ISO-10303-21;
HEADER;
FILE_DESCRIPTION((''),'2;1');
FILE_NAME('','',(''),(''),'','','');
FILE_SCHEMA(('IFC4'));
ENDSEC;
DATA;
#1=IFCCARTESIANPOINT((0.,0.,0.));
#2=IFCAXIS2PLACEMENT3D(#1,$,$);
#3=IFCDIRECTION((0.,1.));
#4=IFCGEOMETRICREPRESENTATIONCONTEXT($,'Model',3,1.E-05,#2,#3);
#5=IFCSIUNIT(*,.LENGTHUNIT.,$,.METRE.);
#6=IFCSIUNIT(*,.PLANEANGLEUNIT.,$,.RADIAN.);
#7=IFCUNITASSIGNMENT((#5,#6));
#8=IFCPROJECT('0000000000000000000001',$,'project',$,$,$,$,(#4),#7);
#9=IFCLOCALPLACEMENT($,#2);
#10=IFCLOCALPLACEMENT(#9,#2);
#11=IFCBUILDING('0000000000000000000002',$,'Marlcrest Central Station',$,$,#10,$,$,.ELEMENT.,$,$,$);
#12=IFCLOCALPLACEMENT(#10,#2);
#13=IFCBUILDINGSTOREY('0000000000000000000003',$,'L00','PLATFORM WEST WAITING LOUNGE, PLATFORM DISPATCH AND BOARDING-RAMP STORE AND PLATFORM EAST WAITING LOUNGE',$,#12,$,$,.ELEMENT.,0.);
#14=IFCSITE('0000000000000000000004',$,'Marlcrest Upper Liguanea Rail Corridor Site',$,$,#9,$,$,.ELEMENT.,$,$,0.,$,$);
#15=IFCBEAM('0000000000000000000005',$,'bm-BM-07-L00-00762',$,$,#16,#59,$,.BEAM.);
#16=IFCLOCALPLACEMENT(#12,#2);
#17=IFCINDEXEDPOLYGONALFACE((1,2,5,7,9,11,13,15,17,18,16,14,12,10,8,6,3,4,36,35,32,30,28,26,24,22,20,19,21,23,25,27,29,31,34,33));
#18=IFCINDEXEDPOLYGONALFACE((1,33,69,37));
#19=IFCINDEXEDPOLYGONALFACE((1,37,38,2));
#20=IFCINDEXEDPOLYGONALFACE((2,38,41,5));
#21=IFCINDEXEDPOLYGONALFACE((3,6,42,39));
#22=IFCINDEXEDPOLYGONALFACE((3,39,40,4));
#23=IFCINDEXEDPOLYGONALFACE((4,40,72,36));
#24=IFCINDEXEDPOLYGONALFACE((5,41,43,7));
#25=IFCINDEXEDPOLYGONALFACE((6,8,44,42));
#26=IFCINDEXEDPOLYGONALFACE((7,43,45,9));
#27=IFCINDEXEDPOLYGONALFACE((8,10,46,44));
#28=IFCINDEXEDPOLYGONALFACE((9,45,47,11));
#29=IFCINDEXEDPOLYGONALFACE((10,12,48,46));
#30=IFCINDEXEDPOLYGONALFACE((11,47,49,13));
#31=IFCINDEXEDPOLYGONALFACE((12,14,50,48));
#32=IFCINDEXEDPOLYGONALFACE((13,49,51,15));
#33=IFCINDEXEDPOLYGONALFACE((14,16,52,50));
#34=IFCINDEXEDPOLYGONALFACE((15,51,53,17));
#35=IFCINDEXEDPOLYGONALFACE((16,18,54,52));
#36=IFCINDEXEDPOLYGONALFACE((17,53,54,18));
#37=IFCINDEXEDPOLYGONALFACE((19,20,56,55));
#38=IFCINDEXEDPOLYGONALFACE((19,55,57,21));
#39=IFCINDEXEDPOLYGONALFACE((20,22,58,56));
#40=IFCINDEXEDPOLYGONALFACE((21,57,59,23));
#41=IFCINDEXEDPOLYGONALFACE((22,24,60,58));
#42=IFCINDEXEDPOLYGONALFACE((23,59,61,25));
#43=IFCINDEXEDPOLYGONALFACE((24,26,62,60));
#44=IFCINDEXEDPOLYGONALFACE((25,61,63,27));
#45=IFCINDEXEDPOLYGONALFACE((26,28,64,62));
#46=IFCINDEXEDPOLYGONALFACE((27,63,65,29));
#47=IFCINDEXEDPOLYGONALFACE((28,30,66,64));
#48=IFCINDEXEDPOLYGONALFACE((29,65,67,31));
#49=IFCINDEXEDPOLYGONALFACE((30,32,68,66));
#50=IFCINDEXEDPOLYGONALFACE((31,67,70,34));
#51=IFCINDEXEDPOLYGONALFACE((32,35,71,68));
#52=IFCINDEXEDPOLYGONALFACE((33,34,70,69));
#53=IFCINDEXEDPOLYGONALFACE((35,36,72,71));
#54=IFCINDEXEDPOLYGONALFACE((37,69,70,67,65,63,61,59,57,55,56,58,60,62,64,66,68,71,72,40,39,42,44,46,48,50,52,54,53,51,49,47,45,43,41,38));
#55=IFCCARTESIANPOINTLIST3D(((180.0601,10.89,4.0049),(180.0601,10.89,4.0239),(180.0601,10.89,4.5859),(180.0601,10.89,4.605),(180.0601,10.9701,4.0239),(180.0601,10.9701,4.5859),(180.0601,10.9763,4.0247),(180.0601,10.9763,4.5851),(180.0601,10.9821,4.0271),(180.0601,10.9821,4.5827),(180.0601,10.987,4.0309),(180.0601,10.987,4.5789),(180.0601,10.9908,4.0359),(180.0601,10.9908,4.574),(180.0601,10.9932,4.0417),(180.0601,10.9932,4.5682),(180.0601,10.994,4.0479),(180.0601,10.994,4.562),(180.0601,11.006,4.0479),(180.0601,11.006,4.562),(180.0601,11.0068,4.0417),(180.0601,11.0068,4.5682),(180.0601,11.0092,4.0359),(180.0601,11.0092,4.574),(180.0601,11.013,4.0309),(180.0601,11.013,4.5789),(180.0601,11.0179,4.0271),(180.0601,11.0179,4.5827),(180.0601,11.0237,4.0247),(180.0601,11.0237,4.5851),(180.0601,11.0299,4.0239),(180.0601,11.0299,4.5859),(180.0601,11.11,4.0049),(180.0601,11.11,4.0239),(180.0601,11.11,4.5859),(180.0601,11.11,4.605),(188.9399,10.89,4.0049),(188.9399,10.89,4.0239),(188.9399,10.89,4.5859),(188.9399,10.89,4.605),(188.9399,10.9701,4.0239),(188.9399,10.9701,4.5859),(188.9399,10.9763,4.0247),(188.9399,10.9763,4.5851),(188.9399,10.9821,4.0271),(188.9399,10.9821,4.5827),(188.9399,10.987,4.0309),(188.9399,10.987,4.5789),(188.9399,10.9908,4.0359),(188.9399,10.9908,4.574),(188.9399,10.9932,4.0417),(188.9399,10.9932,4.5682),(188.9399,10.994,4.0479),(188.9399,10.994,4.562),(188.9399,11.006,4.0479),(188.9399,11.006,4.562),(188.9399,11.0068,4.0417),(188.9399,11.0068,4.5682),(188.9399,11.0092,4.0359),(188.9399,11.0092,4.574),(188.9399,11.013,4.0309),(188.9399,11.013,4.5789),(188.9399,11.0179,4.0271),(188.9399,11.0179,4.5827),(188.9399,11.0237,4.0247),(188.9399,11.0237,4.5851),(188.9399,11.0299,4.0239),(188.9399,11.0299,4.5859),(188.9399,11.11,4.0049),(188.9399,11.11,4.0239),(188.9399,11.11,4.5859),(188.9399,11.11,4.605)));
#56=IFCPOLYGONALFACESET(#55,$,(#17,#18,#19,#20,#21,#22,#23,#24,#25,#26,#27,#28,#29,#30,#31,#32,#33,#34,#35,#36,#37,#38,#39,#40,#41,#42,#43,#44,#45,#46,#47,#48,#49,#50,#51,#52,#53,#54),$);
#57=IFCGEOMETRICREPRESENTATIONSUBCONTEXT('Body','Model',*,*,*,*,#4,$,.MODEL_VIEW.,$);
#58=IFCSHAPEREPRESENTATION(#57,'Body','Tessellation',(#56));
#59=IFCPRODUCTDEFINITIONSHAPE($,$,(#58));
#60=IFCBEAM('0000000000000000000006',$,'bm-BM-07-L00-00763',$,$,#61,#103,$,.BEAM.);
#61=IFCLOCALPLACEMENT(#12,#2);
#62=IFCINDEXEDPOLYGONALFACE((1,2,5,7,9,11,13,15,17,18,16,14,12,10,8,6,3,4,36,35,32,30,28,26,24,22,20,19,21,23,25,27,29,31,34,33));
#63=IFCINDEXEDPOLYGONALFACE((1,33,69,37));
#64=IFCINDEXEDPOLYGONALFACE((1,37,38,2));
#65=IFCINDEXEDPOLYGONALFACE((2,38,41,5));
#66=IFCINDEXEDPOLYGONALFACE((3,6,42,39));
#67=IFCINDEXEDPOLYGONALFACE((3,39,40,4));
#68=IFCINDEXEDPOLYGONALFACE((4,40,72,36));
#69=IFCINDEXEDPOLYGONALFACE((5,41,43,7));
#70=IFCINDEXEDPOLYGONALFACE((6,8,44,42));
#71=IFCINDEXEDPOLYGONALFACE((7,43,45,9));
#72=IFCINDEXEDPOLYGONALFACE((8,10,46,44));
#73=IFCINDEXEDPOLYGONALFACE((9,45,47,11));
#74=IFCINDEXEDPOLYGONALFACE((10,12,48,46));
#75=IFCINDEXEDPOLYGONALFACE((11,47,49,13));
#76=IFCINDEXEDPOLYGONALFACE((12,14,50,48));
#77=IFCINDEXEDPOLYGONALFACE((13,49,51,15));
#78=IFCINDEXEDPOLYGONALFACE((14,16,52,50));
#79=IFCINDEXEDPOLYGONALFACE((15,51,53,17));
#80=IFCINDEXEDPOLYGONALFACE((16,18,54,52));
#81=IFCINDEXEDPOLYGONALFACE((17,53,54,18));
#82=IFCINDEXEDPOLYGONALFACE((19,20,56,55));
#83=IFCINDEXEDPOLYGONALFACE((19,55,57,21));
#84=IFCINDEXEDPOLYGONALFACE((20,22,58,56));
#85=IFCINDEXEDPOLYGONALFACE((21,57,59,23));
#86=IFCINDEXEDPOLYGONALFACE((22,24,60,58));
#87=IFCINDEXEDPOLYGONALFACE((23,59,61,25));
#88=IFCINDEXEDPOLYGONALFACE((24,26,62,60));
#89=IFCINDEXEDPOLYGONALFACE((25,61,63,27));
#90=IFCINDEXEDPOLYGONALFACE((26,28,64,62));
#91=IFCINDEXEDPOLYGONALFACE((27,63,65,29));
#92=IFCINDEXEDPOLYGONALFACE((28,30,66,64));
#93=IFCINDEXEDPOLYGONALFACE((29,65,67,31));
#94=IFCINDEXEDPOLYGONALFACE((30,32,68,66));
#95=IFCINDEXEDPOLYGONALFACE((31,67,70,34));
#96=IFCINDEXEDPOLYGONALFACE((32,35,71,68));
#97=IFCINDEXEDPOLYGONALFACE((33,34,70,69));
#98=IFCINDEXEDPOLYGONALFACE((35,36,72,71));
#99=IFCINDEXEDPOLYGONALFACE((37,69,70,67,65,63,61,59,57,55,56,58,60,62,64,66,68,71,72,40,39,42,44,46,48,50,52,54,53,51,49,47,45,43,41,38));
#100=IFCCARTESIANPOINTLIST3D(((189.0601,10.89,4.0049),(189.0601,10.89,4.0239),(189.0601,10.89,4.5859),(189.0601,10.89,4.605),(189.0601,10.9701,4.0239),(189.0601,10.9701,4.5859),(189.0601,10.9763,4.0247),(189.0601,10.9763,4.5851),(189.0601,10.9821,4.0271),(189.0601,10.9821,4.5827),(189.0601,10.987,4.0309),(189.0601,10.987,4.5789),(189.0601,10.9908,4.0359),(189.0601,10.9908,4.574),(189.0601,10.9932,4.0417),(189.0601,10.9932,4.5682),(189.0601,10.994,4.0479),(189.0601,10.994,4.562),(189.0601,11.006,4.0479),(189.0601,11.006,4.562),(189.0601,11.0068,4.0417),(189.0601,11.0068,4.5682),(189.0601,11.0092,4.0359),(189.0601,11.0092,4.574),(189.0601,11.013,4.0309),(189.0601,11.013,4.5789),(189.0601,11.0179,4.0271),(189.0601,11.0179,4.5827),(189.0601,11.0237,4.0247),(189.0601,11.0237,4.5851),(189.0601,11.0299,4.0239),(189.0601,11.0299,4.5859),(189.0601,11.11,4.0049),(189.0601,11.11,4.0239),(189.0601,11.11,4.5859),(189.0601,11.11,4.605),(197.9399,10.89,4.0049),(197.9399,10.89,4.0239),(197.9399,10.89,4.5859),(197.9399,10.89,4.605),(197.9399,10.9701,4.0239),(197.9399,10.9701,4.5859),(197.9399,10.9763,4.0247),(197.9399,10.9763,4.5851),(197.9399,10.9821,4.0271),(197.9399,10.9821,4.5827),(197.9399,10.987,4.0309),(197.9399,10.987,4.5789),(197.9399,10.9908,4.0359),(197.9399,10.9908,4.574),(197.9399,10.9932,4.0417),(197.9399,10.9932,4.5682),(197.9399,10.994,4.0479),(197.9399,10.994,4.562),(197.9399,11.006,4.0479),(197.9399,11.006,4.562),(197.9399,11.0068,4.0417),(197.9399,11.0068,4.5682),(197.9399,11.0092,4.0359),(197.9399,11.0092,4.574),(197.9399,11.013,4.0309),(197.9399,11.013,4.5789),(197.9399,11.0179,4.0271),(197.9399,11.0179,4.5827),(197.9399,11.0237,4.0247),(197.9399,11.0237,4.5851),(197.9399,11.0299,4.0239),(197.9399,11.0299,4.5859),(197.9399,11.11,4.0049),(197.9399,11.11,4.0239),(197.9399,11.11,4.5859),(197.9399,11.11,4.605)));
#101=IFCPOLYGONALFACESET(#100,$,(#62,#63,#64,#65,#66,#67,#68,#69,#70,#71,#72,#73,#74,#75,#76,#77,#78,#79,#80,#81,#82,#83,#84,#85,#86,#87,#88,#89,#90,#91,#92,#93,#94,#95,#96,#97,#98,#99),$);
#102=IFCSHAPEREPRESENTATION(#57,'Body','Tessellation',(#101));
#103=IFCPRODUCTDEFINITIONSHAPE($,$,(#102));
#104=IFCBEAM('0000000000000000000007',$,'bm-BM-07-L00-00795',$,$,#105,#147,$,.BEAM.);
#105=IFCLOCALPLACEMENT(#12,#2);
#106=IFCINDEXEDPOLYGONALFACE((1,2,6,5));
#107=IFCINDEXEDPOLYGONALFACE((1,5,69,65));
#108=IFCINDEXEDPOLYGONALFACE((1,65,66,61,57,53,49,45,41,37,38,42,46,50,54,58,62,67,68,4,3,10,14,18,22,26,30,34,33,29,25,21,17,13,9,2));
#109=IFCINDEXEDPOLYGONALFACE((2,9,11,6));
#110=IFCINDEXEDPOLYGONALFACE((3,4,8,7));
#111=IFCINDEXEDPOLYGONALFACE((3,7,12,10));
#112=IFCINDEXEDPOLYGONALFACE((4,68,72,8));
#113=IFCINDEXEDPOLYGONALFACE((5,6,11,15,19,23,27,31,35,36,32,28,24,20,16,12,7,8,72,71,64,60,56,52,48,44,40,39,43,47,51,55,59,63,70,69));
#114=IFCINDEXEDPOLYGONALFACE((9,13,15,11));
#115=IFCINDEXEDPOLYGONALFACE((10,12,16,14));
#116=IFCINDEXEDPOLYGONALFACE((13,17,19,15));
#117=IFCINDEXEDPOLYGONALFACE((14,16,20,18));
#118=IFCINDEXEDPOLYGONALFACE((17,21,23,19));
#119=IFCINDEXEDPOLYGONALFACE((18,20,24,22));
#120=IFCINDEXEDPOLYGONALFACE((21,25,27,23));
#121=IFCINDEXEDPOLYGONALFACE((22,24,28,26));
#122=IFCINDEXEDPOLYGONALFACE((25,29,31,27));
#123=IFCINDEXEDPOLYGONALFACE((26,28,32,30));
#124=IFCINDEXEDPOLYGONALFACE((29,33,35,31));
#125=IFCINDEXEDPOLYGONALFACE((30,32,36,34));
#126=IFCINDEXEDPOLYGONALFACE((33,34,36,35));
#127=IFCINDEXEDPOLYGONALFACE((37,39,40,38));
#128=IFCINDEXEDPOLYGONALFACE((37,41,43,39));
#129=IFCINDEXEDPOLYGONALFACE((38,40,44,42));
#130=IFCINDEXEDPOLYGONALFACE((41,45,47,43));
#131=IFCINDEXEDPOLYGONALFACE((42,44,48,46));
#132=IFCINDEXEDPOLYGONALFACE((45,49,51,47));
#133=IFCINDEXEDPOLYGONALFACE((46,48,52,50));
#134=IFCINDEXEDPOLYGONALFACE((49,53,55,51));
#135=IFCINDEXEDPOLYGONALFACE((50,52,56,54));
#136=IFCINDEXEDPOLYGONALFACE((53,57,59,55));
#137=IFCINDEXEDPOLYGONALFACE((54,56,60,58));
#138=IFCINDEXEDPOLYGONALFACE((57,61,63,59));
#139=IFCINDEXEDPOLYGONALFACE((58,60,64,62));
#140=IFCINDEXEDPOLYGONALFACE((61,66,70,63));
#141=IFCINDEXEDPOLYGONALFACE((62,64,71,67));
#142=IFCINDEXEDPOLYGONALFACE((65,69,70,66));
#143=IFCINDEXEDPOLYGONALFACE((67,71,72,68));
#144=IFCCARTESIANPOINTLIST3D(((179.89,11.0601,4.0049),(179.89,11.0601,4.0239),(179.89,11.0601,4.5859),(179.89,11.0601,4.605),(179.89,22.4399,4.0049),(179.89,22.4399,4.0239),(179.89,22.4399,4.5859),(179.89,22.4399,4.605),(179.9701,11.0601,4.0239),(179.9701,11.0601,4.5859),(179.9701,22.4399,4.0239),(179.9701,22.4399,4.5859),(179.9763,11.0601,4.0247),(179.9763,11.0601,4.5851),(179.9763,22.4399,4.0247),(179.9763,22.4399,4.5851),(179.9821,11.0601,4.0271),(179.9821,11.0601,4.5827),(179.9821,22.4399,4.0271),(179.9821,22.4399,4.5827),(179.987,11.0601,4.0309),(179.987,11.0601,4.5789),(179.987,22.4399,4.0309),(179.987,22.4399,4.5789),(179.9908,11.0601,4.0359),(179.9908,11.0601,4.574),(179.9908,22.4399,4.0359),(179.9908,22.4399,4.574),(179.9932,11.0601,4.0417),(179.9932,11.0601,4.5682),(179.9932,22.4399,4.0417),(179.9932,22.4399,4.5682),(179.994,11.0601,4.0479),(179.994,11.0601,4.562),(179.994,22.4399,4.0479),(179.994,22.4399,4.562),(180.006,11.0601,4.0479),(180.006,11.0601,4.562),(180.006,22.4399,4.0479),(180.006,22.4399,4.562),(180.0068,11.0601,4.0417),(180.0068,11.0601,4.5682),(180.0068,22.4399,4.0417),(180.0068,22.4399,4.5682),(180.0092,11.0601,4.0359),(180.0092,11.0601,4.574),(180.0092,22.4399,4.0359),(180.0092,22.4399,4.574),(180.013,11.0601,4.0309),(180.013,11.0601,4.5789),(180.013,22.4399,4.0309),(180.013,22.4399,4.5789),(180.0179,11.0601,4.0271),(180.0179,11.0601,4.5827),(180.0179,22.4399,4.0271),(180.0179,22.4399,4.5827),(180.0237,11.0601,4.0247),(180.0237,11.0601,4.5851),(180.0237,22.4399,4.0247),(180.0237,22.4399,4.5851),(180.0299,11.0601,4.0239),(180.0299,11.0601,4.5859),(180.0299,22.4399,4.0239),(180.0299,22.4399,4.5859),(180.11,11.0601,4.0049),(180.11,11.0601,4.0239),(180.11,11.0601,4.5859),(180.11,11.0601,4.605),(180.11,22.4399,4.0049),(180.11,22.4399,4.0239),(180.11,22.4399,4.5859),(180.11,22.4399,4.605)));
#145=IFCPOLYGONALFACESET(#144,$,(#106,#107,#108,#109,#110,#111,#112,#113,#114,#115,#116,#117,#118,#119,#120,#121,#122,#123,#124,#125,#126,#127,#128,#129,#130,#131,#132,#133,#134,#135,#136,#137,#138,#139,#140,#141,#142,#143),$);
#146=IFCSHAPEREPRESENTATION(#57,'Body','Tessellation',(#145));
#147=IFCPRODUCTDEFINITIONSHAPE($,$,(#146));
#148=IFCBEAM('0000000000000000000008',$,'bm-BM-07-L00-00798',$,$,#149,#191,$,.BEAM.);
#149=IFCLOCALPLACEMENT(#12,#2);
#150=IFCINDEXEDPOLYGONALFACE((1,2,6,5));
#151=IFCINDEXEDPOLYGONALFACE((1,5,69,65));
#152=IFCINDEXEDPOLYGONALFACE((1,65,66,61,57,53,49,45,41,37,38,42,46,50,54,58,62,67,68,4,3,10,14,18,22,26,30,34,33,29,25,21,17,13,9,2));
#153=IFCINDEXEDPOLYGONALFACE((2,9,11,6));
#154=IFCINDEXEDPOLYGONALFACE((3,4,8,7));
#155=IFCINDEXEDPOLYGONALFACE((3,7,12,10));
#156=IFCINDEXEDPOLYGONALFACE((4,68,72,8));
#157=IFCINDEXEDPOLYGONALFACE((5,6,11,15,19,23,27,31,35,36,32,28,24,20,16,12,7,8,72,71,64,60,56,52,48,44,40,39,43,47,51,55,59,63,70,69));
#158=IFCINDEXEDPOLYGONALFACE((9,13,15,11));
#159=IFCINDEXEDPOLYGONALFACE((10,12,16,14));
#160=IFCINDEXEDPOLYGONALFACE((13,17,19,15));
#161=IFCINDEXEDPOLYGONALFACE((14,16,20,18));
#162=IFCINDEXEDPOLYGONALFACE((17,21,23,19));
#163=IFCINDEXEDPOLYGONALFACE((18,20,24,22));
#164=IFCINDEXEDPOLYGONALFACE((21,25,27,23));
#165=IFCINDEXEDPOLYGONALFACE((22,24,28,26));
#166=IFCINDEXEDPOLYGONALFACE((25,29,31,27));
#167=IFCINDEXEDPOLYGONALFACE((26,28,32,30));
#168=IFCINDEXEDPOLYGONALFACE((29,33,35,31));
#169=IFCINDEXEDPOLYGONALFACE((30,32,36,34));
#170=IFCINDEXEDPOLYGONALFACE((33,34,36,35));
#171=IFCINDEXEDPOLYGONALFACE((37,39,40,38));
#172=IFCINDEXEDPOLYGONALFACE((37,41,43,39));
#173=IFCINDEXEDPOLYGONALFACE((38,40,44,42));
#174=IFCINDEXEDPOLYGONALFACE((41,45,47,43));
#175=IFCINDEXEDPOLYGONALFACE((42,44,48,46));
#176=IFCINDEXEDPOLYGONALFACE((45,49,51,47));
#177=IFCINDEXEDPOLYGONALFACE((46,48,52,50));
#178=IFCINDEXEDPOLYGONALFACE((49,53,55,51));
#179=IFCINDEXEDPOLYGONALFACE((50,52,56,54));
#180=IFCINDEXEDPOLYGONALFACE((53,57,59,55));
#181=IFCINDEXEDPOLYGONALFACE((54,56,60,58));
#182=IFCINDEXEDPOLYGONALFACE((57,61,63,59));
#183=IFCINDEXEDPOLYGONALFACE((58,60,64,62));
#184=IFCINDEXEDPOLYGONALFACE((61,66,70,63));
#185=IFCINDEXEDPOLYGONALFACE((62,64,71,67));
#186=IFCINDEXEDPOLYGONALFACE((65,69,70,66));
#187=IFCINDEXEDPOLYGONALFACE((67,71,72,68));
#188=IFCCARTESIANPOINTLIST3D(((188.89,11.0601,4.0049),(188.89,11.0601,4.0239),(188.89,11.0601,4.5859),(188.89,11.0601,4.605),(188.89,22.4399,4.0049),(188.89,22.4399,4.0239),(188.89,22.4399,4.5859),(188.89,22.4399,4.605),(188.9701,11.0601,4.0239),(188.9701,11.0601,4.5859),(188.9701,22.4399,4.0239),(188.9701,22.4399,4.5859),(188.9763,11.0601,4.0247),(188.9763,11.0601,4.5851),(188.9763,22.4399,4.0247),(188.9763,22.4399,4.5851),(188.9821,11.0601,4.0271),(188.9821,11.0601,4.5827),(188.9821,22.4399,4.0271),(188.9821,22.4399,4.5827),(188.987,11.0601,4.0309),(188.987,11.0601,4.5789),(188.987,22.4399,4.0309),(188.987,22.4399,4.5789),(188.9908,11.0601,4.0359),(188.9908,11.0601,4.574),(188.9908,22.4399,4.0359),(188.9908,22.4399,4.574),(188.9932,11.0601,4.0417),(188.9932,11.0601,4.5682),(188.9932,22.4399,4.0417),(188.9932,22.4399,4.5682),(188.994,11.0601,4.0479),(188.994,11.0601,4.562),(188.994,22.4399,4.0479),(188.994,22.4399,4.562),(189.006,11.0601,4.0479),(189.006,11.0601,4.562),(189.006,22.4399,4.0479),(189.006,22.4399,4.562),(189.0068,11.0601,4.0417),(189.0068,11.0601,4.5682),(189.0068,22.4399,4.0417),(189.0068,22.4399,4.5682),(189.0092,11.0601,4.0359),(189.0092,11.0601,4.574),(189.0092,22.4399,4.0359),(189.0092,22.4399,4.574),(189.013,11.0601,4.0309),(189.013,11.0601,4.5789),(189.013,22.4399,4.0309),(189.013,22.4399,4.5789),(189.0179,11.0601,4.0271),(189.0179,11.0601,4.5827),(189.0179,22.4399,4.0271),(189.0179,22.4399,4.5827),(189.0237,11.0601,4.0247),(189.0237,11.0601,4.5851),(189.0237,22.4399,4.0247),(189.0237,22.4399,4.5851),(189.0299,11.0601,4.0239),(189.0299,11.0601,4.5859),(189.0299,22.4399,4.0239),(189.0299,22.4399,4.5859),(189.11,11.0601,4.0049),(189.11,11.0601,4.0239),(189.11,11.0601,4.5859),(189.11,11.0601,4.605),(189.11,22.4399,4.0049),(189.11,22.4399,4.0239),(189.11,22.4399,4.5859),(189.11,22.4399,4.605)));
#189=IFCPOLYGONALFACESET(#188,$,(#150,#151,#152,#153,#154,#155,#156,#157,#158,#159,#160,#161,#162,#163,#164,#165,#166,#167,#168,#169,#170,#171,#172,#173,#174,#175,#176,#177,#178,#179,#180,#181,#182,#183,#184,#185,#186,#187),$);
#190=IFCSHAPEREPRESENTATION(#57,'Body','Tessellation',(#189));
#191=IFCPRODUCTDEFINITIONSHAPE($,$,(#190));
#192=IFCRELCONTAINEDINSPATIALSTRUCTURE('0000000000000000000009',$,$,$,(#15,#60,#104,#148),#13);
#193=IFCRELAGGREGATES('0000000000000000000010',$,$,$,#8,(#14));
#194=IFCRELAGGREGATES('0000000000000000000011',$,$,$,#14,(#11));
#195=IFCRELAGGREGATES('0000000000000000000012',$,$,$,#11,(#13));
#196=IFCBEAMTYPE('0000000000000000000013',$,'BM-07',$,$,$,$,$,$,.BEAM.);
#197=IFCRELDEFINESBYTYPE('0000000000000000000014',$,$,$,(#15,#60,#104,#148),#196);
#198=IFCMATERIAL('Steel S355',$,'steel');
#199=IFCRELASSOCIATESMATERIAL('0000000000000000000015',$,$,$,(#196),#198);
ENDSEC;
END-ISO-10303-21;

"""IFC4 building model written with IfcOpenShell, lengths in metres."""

from ifc_helpers import new_model, si_unit, direction, frame, origin, origin_2d, place, context, subcontext, project, spatial, i_section, extrude, material, material_profile, profile_set, type_object, element, save


model = new_model("IFC4")

# Units and contexts
model_context = context("Model", 3, precision=1e-05, world=origin(), true_north=direction((0.0, 1.0)))
body_context = subcontext(model_context, "Body", "Model", "MODEL_VIEW")
ifc_project = project(units=[si_unit("LENGTHUNIT", "METRE"), si_unit("PLANEANGLEUNIT", "RADIAN")], contexts=[model_context])

# Site, building, storey
site_placement = place(None, origin())
site = spatial("IfcSite", under=ifc_project, at=site_placement, Name="Marlcrest Upper Liguanea Rail Corridor Site", CompositionType="ELEMENT", RefElevation=0.0)
building_placement = place(site_placement, origin())
building = spatial("IfcBuilding", under=site, at=building_placement, Name="Marlcrest Central Station", CompositionType="ELEMENT")
storey_placement = place(building_placement, origin())
storey = spatial("IfcBuildingStorey", under=building, at=storey_placement, Name="L00", Description="PLATFORM WEST WAITING LOUNGE, PLATFORM DISPATCH AND BOARDING-RAMP STORE AND PLATFORM EAST WAITING LOUNGE", CompositionType="ELEMENT", Elevation=0.0)

# Shared definitions
ifc_material_1 = material(Name="Steel S355", Category="steel")

# Beams
ifc_material_profile_1 = material_profile(ifc_material_1, i_section(OverallWidth=0.22, OverallDepth=0.6001, WebThickness=0.012, FlangeThickness=0.019, FilletRadius=0.0239, at=origin_2d()), Name="IPE 600")
ifc_profile_set_1 = profile_set([ifc_material_profile_1], Name="Steel S355")
beam_type_1 = type_object("IfcBeamType", Name="BM-07", PredefinedType="BEAM", material=ifc_profile_set_1)
for number, where, z_axis, x_axis, name in (
    (1, (180.0601, 11.0, 4.3049), (1.0, 0.0, 0.0), (0.0, 1.0, 0.0), "bm-BM-07-L00-00762"),
    (2, (189.0601, 11.0, 4.3049), (1.0, 0.0, 0.0), (0.0, 1.0, 0.0), "bm-BM-07-L00-00763"),
):
    element("IfcBeam", number, at=place(storey_placement, frame(where, z_axis=z_axis, x_axis=x_axis)), inside=storey, type_object=beam_type_1, Name=name, PredefinedType="BEAM", context=body_context, shape_type="SweptSolid", body=[
        extrude(i_section(OverallWidth=0.22, OverallDepth=0.6001, WebThickness=0.012, FlangeThickness=0.019, FilletRadius=0.0239, at=origin_2d()), origin(), (0.0, 0.0, 1.0), 8.8799),
    ])
for number, where, z_axis, x_axis, name in (
    (3, (180.0, 11.0601, 4.3049), (0.0, 1.0, 0.0), (-1.0, 0.0, 0.0), "bm-BM-07-L00-00795"),
    (4, (189.0, 11.0601, 4.3049), (0.0, 1.0, 0.0), (-1.0, 0.0, 0.0), "bm-BM-07-L00-00798"),
):
    element("IfcBeam", number, at=place(storey_placement, frame(where, z_axis=z_axis, x_axis=x_axis)), inside=storey, type_object=beam_type_1, Name=name, PredefinedType="BEAM", context=body_context, shape_type="SweptSolid", body=[
        extrude(i_section(OverallWidth=0.22, OverallDepth=0.6001, WebThickness=0.012, FlangeThickness=0.019, FilletRadius=0.0239, at=origin_2d()), origin(), (0.0, 0.0, 1.0), 11.3799),
    ])

save(model, "model.ifc")
